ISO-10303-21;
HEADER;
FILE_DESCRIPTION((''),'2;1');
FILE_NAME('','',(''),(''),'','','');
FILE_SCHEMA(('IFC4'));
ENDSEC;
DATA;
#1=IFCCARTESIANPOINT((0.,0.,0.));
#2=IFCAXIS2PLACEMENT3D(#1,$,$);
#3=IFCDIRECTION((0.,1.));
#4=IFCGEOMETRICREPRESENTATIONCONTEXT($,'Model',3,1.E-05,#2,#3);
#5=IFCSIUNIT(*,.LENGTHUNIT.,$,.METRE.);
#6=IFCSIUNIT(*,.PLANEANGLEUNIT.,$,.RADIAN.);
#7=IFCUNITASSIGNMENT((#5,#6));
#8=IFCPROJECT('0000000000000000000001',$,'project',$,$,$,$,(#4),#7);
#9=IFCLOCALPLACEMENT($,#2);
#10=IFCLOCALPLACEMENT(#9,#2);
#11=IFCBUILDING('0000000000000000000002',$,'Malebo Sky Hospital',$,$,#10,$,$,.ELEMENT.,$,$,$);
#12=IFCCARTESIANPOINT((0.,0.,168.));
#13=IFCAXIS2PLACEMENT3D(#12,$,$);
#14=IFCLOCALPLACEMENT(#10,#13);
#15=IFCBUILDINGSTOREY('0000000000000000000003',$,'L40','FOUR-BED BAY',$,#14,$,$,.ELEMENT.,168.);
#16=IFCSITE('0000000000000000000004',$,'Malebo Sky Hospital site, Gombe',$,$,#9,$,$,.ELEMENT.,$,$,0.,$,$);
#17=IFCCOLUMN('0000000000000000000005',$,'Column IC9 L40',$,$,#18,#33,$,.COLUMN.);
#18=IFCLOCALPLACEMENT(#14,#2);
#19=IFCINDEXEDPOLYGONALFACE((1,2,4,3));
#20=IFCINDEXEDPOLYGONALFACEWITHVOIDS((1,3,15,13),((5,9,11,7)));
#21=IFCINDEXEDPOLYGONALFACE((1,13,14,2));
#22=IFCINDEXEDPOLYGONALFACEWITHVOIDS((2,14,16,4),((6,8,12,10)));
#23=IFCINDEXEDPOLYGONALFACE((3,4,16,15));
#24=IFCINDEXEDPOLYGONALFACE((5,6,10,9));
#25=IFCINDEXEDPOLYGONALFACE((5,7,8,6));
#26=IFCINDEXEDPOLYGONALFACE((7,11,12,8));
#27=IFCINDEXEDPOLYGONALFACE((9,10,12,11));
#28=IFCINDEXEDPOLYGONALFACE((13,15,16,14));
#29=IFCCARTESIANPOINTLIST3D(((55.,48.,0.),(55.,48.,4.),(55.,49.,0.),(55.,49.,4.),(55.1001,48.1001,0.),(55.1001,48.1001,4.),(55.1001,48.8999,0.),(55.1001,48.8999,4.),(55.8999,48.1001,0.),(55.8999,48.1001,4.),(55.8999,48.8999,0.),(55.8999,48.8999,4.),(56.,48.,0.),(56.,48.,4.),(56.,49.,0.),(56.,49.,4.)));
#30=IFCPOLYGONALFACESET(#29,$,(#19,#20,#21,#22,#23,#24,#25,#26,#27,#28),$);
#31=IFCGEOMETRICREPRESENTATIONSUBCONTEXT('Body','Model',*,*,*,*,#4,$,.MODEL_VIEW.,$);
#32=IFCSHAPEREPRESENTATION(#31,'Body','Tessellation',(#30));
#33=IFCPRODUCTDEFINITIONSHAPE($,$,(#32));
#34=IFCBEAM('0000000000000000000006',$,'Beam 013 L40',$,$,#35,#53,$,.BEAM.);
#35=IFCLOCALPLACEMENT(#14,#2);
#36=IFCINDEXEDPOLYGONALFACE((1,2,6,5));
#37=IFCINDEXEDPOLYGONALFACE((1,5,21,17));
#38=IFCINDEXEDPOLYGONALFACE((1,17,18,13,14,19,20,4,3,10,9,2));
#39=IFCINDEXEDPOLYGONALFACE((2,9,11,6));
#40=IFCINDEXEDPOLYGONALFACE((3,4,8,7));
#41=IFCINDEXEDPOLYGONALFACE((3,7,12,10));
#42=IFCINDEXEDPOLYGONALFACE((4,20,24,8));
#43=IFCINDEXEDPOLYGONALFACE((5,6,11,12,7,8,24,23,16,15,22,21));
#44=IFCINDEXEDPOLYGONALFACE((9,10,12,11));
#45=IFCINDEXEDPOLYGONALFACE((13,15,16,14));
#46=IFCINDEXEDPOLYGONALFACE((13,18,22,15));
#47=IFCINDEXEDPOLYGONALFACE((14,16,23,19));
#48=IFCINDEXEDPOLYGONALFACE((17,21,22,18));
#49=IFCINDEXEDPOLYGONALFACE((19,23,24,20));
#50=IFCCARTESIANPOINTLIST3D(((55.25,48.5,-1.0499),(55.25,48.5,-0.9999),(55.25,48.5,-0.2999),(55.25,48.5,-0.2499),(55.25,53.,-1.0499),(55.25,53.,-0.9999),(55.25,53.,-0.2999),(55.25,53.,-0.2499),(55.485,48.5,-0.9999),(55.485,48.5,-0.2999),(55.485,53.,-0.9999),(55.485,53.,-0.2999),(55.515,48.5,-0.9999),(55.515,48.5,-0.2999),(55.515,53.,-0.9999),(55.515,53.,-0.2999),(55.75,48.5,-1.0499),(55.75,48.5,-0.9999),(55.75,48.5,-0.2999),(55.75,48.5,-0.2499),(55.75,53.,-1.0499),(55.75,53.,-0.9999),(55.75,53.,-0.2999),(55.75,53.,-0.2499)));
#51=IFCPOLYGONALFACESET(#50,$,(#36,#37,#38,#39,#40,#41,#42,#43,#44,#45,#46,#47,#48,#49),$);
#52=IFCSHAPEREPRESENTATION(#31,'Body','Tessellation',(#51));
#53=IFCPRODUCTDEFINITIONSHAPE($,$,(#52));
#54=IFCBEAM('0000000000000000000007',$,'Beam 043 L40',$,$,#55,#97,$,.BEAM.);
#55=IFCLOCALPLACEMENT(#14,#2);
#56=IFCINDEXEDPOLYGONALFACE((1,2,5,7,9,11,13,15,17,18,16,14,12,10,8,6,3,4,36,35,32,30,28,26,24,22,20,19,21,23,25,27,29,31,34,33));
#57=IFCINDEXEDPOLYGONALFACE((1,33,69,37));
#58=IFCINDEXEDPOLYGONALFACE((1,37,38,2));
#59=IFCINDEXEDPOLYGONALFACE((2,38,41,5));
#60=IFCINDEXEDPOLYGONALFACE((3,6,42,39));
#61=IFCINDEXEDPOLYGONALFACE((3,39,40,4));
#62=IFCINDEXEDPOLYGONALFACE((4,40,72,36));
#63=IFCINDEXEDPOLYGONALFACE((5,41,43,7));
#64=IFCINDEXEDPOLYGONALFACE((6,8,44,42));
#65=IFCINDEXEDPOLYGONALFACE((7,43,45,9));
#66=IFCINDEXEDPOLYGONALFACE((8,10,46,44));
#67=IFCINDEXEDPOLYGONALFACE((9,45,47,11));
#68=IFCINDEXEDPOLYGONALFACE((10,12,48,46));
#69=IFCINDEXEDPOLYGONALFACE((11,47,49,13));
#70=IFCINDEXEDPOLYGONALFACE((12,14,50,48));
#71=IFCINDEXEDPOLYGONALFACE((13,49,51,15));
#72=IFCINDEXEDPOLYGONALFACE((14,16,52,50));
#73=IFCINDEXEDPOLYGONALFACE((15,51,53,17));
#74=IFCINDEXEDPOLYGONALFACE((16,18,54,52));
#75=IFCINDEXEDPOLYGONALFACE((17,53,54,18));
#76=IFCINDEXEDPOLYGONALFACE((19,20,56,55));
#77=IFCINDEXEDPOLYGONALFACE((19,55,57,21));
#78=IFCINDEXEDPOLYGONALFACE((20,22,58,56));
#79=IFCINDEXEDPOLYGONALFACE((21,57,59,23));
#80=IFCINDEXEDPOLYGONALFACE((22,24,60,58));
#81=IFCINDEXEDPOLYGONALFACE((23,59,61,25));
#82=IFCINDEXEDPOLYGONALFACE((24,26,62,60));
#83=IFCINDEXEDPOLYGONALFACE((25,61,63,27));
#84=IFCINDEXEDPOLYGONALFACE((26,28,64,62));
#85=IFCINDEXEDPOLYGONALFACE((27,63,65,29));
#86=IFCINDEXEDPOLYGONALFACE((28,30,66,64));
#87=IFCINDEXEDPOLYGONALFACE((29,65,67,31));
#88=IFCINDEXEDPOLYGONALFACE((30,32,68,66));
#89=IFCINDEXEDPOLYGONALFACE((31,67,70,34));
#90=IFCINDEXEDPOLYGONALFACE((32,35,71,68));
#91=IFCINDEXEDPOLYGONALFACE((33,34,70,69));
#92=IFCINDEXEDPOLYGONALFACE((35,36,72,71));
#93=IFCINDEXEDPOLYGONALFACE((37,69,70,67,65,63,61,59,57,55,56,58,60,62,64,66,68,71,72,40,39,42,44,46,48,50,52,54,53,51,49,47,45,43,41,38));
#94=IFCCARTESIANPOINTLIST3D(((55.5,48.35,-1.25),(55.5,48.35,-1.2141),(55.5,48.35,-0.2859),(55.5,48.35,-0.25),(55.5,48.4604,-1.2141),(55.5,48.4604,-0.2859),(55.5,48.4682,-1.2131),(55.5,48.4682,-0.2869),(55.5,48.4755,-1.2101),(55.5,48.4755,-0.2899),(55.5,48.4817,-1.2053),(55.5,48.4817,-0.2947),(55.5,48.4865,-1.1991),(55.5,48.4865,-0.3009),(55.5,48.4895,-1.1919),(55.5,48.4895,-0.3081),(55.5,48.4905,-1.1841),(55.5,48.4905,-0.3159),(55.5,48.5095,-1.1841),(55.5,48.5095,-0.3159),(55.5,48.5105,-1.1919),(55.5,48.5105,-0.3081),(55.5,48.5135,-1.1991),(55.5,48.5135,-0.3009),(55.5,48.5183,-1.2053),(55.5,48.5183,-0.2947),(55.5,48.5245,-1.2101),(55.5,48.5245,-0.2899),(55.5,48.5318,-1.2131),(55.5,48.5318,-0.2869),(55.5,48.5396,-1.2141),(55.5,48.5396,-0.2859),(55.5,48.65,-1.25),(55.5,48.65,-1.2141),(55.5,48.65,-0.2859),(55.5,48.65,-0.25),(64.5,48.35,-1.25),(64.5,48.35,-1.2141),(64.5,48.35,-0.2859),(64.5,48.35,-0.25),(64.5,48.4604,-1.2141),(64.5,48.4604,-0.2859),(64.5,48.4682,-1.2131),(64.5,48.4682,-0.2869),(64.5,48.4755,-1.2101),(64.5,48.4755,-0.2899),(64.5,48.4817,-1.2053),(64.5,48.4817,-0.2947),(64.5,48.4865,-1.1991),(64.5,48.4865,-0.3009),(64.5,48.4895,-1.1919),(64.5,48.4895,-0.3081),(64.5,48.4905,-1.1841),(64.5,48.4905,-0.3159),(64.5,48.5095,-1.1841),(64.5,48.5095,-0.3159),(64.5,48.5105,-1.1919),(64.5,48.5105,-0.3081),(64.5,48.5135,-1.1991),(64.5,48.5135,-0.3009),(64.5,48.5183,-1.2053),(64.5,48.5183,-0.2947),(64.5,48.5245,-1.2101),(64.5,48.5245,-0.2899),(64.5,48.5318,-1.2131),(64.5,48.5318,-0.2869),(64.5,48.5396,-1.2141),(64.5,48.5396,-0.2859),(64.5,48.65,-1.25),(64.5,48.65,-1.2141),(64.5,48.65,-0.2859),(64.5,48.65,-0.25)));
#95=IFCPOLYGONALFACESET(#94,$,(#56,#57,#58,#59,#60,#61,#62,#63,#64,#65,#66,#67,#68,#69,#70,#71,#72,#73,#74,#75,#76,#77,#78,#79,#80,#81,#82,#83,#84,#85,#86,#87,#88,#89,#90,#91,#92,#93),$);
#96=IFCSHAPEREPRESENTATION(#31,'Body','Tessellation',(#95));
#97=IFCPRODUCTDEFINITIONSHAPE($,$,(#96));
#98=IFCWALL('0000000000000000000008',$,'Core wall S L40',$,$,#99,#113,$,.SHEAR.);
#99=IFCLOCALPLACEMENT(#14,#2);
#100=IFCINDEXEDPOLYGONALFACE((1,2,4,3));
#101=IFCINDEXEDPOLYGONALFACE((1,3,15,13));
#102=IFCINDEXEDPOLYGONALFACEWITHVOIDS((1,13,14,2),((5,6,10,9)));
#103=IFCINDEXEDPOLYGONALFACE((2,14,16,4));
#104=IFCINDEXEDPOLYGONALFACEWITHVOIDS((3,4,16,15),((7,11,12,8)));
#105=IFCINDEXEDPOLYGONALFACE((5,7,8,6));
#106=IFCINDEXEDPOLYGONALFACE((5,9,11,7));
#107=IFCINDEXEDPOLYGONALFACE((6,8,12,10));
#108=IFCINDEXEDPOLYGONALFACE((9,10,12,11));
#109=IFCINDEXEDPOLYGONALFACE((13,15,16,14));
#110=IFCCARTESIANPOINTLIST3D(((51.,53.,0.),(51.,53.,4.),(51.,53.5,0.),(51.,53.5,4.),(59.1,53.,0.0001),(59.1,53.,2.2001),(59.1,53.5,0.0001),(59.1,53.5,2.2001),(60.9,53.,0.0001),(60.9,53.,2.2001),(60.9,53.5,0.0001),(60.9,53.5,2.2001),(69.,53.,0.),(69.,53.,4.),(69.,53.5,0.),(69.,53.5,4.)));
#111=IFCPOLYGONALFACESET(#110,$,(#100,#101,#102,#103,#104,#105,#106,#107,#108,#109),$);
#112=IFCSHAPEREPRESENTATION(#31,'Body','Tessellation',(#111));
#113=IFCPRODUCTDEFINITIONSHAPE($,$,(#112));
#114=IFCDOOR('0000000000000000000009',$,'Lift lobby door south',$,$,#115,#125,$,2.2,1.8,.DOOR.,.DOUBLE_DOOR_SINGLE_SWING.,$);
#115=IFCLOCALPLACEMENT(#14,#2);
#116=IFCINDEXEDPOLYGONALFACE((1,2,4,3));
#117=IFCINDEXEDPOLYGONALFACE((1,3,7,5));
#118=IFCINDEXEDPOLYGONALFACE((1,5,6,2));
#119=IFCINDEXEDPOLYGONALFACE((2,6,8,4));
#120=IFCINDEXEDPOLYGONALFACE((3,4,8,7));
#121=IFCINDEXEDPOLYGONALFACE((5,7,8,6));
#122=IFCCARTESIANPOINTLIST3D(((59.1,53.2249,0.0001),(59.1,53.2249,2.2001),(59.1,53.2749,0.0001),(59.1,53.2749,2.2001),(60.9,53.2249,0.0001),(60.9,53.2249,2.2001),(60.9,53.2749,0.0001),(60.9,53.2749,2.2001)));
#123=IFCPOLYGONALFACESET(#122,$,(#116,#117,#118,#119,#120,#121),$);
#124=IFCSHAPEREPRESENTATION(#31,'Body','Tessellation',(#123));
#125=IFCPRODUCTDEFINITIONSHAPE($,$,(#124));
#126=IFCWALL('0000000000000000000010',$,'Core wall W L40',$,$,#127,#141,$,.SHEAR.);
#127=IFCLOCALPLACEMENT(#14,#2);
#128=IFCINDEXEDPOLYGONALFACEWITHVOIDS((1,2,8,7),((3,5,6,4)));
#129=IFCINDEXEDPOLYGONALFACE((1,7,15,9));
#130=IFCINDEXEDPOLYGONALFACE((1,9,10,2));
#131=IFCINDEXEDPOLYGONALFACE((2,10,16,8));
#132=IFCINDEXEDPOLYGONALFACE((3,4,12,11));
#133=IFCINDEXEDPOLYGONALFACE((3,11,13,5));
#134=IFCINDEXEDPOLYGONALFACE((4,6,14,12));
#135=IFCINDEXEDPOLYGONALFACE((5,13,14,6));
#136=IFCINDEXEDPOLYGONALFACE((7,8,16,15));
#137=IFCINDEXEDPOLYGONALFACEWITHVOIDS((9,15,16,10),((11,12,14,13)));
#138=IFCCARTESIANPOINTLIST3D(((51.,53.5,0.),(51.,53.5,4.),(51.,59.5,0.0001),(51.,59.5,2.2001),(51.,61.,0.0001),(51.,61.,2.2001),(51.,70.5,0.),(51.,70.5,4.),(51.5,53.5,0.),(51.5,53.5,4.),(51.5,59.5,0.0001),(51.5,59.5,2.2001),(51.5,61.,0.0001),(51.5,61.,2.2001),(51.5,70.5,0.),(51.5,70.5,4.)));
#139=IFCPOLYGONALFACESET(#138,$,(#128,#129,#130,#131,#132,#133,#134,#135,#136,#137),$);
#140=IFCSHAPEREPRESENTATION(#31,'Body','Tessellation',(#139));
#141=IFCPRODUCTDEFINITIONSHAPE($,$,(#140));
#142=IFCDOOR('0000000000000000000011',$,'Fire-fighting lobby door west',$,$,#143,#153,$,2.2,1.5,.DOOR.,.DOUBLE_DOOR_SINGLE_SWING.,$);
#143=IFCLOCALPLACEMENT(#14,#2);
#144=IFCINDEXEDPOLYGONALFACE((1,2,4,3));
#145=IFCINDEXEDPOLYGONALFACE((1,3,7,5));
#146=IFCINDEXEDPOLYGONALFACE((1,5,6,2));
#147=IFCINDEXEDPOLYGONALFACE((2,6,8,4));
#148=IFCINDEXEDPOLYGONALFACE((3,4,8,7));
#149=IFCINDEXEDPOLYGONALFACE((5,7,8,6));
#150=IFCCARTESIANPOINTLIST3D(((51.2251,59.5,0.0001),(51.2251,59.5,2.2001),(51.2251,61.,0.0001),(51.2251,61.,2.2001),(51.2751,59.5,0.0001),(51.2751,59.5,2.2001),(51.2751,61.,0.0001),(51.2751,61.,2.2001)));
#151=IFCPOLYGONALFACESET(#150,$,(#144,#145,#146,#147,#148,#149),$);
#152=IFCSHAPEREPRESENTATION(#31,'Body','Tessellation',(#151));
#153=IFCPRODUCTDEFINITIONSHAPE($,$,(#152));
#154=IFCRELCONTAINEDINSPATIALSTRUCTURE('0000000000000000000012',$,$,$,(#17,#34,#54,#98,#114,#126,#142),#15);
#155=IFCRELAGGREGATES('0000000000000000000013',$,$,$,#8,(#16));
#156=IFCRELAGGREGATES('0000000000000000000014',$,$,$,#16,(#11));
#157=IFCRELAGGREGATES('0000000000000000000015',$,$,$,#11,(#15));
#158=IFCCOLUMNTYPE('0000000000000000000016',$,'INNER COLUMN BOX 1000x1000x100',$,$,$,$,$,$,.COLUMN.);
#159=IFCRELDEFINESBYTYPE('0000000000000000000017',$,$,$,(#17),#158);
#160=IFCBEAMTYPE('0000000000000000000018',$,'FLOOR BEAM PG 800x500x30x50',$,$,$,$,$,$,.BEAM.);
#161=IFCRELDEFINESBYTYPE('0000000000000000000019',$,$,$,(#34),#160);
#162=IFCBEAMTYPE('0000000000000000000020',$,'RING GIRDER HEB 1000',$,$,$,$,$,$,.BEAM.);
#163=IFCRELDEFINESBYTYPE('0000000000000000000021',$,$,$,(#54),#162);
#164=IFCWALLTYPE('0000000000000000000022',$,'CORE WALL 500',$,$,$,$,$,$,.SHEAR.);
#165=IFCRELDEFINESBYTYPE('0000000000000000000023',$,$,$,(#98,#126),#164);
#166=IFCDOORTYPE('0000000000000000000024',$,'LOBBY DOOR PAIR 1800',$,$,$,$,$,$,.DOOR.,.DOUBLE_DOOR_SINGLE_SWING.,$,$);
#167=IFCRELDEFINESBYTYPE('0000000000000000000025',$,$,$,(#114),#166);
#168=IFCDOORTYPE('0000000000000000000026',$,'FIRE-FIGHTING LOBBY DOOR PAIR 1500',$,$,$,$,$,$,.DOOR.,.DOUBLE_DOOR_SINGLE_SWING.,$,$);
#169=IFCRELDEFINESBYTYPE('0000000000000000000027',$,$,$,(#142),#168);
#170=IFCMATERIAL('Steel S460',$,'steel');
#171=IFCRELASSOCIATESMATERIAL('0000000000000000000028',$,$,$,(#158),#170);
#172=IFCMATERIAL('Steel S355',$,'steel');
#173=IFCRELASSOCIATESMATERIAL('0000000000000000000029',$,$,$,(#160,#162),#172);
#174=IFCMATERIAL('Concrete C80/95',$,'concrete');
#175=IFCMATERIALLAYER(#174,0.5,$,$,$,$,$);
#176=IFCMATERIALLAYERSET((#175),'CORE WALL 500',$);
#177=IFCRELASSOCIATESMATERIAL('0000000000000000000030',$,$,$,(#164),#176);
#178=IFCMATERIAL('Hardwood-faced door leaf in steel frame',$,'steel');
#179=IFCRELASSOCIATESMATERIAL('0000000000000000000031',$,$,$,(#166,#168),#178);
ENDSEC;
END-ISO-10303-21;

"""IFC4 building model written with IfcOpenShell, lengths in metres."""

from ifc_helpers import new_model, si_unit, direction, frame, frame_2d, origin, origin_2d, place, context, subcontext, project, spatial, rectangle, hollow_rectangle, i_section, extrude, material, layer, layer_set, material_profile, profile_set, type_object, element, fill, save


model = new_model("IFC4")

# Units and contexts
model_context = context("Model", 3, precision=1e-05, world=origin(), true_north=direction((0.0, 1.0)))
body_context = subcontext(model_context, "Body", "Model", "MODEL_VIEW")
ifc_project = project(units=[si_unit("LENGTHUNIT", "METRE"), si_unit("PLANEANGLEUNIT", "RADIAN")], contexts=[model_context])

# Site, building, storey
site_placement = place(None, origin())
site = spatial("IfcSite", under=ifc_project, at=site_placement, Name="Malebo Sky Hospital site, Gombe", CompositionType="ELEMENT", RefElevation=0.0)
building_placement = place(site_placement, origin())
building = spatial("IfcBuilding", under=site, at=building_placement, Name="Malebo Sky Hospital", CompositionType="ELEMENT")
storey_placement = place(building_placement, frame((0.0, 0.0, 168.0)))
storey = spatial("IfcBuildingStorey", under=building, at=storey_placement, Name="L40", Description="FOUR-BED BAY", CompositionType="ELEMENT", Elevation=168.0)

# Column
ifc_material_1 = material(Name="Steel S460", Category="steel")
ifc_material_profile_1 = material_profile(ifc_material_1, hollow_rectangle(XDim=1.0, YDim=1.0, WallThickness=0.1001, at=origin_2d()), Name="BOX 1000x1000x100")
ifc_profile_set_1 = profile_set([ifc_material_profile_1], Name="Steel S460")
column_type = type_object("IfcColumnType", Name="INNER COLUMN BOX 1000x1000x100", PredefinedType="COLUMN", material=ifc_profile_set_1)
column_placement = place(storey_placement, frame((55.5, 48.5, 0.0), z_axis=(0.0, 0.0, 1.0), x_axis=(1.0, 0.0, 0.0)))
element("IfcColumn", 1, at=column_placement, inside=storey, type_object=column_type, Name="Column IC9 L40", PredefinedType="COLUMN", context=body_context, shape_type="SweptSolid", body=[
    extrude(hollow_rectangle(XDim=1.0, YDim=1.0, WallThickness=0.1001, at=origin_2d()), origin(), (0.0, 0.0, 1.0), 4.0),
])

# Beams
ifc_material_2 = material(Name="Steel S355", Category="steel")
ifc_material_profile_2 = material_profile(ifc_material_2, i_section(OverallWidth=0.5, OverallDepth=0.8, WebThickness=0.03, FlangeThickness=0.05, at=origin_2d()), Name="PG 800x500x30x50")
ifc_profile_set_2 = profile_set([ifc_material_profile_2], Name="Steel S355")
beam_type_1 = type_object("IfcBeamType", Name="FLOOR BEAM PG 800x500x30x50", PredefinedType="BEAM", material=ifc_profile_set_2)
beam_1_placement = place(storey_placement, frame((55.5, 48.5, -0.6499), z_axis=(0.0, 1.0, 0.0), x_axis=(-1.0, 0.0, 0.0)))
element("IfcBeam", 2, at=beam_1_placement, inside=storey, type_object=beam_type_1, Name="Beam 013 L40", PredefinedType="BEAM", context=body_context, shape_type="SweptSolid", body=[
    extrude(i_section(OverallWidth=0.5, OverallDepth=0.8, WebThickness=0.03, FlangeThickness=0.05, at=origin_2d()), origin(), (0.0, 0.0, 1.0), 4.5),
])
ifc_material_profile_3 = material_profile(ifc_material_2, i_section(OverallWidth=0.3, OverallDepth=1.0, WebThickness=0.019, FlangeThickness=0.0359, FilletRadius=0.03, at=origin_2d()), Name="HEB 1000")
ifc_profile_set_3 = profile_set([ifc_material_profile_3], Name="Steel S355")
beam_type_2 = type_object("IfcBeamType", Name="RING GIRDER HEB 1000", PredefinedType="BEAM", material=ifc_profile_set_3)
beam_2_placement = place(storey_placement, frame((55.5, 48.5, -0.75), z_axis=(1.0, 0.0, 0.0), x_axis=(0.0, 1.0, 0.0)))
element("IfcBeam", 3, at=beam_2_placement, inside=storey, type_object=beam_type_2, Name="Beam 043 L40", PredefinedType="BEAM", context=body_context, shape_type="SweptSolid", body=[
    extrude(i_section(OverallWidth=0.3, OverallDepth=1.0, WebThickness=0.019, FlangeThickness=0.0359, FilletRadius=0.03, at=origin_2d()), origin(), (0.0, 0.0, 1.0), 9.0),
])

# Walls, openings, doors
ifc_material_3 = material(Name="Concrete C80/95", Category="concrete")
ifc_layer_1 = layer(ifc_material_3, 0.5)
ifc_layer_set_1 = layer_set([ifc_layer_1], Name="CORE WALL 500")
wall_type_1 = type_object("IfcWallType", Name="CORE WALL 500", PredefinedType="SHEAR", material=ifc_layer_set_1)
wall_1_placement = place(storey_placement, frame((51.0, 53.25, 0.0), z_axis=(0.0, 0.0, 1.0), x_axis=(1.0, 0.0, 0.0)))
wall_1 = element("IfcWall", 4, at=wall_1_placement, inside=storey, type_object=wall_type_1, Name="Core wall S L40", PredefinedType="SHEAR", context=body_context, shape_type="SweptSolid", body=[
    extrude(rectangle(XDim=18.0, YDim=0.5, at=frame_2d((9.0, 0.0))), origin(), (0.0, 0.0, 1.0), 4.0),
])
opening_1_placement = place(wall_1_placement, frame((8.1001, 0.0, 0.0)))
opening_1 = element("IfcOpeningElement", 5, at=opening_1_placement, cuts=wall_1, PredefinedType="OPENING", context=body_context, shape_type="SweptSolid", body=[
    extrude(rectangle(XDim=1.8, YDim=2.2, at=frame_2d((0.8999, 1.1001))), frame((0.0, 0.26, 0.0), z_axis=(0.0, -1.0, 0.0), x_axis=(1.0, 0.0, 0.0)), (0.0, 0.0, 1.0), 0.52),
])
ifc_material_4 = material(Name="Hardwood-faced door leaf in steel frame", Category="steel")
door_type_1 = type_object("IfcDoorType", Name="LOBBY DOOR PAIR 1800", OperationType="DOUBLE_DOOR_SINGLE_SWING", PredefinedType="DOOR", material=ifc_material_4)
door_1_placement = place(opening_1_placement, origin())
door_1 = element("IfcDoor", 6, at=door_1_placement, inside=storey, type_object=door_type_1, Name="Lift lobby door south", OperationType="DOUBLE_DOOR_SINGLE_SWING", OverallHeight=2.2, OverallWidth=1.8, PredefinedType="DOOR", context=body_context, shape_type="SweptSolid", body=[
    extrude(rectangle(XDim=1.8, YDim=2.2, at=frame_2d((0.8999, 1.1001))), frame((0.0, 0.0249, 0.0), z_axis=(0.0, -1.0, 0.0), x_axis=(1.0, 0.0, 0.0)), (0.0, 0.0, 1.0), 0.05),
])
fill(opening_1, door_1)
wall_2_placement = place(storey_placement, frame((51.25, 53.5, 0.0), z_axis=(0.0, 0.0, 1.0), x_axis=(0.0, 1.0, 0.0)))
wall_2 = element("IfcWall", 7, at=wall_2_placement, inside=storey, type_object=wall_type_1, Name="Core wall W L40", PredefinedType="SHEAR", context=body_context, shape_type="SweptSolid", body=[
    extrude(rectangle(XDim=17.0, YDim=0.5, at=frame_2d((8.5, 0.0))), origin(), (0.0, 0.0, 1.0), 4.0),
])
opening_2_placement = place(wall_2_placement, frame((6.0, 0.0, 0.0)))
opening_2 = element("IfcOpeningElement", 8, at=opening_2_placement, cuts=wall_2, PredefinedType="OPENING", context=body_context, shape_type="SweptSolid", body=[
    extrude(rectangle(XDim=1.5, YDim=2.2, at=frame_2d((0.75, 1.1001))), frame((0.0, 0.26, 0.0), z_axis=(0.0, -1.0, 0.0), x_axis=(1.0, 0.0, 0.0)), (0.0, 0.0, 1.0), 0.52),
])
door_type_2 = type_object("IfcDoorType", Name="FIRE-FIGHTING LOBBY DOOR PAIR 1500", OperationType="DOUBLE_DOOR_SINGLE_SWING", PredefinedType="DOOR", material=ifc_material_4)
door_2_placement = place(opening_2_placement, origin())
door_2 = element("IfcDoor", 9, at=door_2_placement, inside=storey, type_object=door_type_2, Name="Fire-fighting lobby door west", OperationType="DOUBLE_DOOR_SINGLE_SWING", OverallHeight=2.2, OverallWidth=1.5, PredefinedType="DOOR", context=body_context, shape_type="SweptSolid", body=[
    extrude(rectangle(XDim=1.5, YDim=2.2, at=frame_2d((0.75, 1.1001))), frame((0.0, 0.0249, 0.0), z_axis=(0.0, -1.0, 0.0), x_axis=(1.0, 0.0, 0.0)), (0.0, 0.0, 1.0), 0.05),
])
fill(opening_2, door_2)

save(model, "model.ifc")
